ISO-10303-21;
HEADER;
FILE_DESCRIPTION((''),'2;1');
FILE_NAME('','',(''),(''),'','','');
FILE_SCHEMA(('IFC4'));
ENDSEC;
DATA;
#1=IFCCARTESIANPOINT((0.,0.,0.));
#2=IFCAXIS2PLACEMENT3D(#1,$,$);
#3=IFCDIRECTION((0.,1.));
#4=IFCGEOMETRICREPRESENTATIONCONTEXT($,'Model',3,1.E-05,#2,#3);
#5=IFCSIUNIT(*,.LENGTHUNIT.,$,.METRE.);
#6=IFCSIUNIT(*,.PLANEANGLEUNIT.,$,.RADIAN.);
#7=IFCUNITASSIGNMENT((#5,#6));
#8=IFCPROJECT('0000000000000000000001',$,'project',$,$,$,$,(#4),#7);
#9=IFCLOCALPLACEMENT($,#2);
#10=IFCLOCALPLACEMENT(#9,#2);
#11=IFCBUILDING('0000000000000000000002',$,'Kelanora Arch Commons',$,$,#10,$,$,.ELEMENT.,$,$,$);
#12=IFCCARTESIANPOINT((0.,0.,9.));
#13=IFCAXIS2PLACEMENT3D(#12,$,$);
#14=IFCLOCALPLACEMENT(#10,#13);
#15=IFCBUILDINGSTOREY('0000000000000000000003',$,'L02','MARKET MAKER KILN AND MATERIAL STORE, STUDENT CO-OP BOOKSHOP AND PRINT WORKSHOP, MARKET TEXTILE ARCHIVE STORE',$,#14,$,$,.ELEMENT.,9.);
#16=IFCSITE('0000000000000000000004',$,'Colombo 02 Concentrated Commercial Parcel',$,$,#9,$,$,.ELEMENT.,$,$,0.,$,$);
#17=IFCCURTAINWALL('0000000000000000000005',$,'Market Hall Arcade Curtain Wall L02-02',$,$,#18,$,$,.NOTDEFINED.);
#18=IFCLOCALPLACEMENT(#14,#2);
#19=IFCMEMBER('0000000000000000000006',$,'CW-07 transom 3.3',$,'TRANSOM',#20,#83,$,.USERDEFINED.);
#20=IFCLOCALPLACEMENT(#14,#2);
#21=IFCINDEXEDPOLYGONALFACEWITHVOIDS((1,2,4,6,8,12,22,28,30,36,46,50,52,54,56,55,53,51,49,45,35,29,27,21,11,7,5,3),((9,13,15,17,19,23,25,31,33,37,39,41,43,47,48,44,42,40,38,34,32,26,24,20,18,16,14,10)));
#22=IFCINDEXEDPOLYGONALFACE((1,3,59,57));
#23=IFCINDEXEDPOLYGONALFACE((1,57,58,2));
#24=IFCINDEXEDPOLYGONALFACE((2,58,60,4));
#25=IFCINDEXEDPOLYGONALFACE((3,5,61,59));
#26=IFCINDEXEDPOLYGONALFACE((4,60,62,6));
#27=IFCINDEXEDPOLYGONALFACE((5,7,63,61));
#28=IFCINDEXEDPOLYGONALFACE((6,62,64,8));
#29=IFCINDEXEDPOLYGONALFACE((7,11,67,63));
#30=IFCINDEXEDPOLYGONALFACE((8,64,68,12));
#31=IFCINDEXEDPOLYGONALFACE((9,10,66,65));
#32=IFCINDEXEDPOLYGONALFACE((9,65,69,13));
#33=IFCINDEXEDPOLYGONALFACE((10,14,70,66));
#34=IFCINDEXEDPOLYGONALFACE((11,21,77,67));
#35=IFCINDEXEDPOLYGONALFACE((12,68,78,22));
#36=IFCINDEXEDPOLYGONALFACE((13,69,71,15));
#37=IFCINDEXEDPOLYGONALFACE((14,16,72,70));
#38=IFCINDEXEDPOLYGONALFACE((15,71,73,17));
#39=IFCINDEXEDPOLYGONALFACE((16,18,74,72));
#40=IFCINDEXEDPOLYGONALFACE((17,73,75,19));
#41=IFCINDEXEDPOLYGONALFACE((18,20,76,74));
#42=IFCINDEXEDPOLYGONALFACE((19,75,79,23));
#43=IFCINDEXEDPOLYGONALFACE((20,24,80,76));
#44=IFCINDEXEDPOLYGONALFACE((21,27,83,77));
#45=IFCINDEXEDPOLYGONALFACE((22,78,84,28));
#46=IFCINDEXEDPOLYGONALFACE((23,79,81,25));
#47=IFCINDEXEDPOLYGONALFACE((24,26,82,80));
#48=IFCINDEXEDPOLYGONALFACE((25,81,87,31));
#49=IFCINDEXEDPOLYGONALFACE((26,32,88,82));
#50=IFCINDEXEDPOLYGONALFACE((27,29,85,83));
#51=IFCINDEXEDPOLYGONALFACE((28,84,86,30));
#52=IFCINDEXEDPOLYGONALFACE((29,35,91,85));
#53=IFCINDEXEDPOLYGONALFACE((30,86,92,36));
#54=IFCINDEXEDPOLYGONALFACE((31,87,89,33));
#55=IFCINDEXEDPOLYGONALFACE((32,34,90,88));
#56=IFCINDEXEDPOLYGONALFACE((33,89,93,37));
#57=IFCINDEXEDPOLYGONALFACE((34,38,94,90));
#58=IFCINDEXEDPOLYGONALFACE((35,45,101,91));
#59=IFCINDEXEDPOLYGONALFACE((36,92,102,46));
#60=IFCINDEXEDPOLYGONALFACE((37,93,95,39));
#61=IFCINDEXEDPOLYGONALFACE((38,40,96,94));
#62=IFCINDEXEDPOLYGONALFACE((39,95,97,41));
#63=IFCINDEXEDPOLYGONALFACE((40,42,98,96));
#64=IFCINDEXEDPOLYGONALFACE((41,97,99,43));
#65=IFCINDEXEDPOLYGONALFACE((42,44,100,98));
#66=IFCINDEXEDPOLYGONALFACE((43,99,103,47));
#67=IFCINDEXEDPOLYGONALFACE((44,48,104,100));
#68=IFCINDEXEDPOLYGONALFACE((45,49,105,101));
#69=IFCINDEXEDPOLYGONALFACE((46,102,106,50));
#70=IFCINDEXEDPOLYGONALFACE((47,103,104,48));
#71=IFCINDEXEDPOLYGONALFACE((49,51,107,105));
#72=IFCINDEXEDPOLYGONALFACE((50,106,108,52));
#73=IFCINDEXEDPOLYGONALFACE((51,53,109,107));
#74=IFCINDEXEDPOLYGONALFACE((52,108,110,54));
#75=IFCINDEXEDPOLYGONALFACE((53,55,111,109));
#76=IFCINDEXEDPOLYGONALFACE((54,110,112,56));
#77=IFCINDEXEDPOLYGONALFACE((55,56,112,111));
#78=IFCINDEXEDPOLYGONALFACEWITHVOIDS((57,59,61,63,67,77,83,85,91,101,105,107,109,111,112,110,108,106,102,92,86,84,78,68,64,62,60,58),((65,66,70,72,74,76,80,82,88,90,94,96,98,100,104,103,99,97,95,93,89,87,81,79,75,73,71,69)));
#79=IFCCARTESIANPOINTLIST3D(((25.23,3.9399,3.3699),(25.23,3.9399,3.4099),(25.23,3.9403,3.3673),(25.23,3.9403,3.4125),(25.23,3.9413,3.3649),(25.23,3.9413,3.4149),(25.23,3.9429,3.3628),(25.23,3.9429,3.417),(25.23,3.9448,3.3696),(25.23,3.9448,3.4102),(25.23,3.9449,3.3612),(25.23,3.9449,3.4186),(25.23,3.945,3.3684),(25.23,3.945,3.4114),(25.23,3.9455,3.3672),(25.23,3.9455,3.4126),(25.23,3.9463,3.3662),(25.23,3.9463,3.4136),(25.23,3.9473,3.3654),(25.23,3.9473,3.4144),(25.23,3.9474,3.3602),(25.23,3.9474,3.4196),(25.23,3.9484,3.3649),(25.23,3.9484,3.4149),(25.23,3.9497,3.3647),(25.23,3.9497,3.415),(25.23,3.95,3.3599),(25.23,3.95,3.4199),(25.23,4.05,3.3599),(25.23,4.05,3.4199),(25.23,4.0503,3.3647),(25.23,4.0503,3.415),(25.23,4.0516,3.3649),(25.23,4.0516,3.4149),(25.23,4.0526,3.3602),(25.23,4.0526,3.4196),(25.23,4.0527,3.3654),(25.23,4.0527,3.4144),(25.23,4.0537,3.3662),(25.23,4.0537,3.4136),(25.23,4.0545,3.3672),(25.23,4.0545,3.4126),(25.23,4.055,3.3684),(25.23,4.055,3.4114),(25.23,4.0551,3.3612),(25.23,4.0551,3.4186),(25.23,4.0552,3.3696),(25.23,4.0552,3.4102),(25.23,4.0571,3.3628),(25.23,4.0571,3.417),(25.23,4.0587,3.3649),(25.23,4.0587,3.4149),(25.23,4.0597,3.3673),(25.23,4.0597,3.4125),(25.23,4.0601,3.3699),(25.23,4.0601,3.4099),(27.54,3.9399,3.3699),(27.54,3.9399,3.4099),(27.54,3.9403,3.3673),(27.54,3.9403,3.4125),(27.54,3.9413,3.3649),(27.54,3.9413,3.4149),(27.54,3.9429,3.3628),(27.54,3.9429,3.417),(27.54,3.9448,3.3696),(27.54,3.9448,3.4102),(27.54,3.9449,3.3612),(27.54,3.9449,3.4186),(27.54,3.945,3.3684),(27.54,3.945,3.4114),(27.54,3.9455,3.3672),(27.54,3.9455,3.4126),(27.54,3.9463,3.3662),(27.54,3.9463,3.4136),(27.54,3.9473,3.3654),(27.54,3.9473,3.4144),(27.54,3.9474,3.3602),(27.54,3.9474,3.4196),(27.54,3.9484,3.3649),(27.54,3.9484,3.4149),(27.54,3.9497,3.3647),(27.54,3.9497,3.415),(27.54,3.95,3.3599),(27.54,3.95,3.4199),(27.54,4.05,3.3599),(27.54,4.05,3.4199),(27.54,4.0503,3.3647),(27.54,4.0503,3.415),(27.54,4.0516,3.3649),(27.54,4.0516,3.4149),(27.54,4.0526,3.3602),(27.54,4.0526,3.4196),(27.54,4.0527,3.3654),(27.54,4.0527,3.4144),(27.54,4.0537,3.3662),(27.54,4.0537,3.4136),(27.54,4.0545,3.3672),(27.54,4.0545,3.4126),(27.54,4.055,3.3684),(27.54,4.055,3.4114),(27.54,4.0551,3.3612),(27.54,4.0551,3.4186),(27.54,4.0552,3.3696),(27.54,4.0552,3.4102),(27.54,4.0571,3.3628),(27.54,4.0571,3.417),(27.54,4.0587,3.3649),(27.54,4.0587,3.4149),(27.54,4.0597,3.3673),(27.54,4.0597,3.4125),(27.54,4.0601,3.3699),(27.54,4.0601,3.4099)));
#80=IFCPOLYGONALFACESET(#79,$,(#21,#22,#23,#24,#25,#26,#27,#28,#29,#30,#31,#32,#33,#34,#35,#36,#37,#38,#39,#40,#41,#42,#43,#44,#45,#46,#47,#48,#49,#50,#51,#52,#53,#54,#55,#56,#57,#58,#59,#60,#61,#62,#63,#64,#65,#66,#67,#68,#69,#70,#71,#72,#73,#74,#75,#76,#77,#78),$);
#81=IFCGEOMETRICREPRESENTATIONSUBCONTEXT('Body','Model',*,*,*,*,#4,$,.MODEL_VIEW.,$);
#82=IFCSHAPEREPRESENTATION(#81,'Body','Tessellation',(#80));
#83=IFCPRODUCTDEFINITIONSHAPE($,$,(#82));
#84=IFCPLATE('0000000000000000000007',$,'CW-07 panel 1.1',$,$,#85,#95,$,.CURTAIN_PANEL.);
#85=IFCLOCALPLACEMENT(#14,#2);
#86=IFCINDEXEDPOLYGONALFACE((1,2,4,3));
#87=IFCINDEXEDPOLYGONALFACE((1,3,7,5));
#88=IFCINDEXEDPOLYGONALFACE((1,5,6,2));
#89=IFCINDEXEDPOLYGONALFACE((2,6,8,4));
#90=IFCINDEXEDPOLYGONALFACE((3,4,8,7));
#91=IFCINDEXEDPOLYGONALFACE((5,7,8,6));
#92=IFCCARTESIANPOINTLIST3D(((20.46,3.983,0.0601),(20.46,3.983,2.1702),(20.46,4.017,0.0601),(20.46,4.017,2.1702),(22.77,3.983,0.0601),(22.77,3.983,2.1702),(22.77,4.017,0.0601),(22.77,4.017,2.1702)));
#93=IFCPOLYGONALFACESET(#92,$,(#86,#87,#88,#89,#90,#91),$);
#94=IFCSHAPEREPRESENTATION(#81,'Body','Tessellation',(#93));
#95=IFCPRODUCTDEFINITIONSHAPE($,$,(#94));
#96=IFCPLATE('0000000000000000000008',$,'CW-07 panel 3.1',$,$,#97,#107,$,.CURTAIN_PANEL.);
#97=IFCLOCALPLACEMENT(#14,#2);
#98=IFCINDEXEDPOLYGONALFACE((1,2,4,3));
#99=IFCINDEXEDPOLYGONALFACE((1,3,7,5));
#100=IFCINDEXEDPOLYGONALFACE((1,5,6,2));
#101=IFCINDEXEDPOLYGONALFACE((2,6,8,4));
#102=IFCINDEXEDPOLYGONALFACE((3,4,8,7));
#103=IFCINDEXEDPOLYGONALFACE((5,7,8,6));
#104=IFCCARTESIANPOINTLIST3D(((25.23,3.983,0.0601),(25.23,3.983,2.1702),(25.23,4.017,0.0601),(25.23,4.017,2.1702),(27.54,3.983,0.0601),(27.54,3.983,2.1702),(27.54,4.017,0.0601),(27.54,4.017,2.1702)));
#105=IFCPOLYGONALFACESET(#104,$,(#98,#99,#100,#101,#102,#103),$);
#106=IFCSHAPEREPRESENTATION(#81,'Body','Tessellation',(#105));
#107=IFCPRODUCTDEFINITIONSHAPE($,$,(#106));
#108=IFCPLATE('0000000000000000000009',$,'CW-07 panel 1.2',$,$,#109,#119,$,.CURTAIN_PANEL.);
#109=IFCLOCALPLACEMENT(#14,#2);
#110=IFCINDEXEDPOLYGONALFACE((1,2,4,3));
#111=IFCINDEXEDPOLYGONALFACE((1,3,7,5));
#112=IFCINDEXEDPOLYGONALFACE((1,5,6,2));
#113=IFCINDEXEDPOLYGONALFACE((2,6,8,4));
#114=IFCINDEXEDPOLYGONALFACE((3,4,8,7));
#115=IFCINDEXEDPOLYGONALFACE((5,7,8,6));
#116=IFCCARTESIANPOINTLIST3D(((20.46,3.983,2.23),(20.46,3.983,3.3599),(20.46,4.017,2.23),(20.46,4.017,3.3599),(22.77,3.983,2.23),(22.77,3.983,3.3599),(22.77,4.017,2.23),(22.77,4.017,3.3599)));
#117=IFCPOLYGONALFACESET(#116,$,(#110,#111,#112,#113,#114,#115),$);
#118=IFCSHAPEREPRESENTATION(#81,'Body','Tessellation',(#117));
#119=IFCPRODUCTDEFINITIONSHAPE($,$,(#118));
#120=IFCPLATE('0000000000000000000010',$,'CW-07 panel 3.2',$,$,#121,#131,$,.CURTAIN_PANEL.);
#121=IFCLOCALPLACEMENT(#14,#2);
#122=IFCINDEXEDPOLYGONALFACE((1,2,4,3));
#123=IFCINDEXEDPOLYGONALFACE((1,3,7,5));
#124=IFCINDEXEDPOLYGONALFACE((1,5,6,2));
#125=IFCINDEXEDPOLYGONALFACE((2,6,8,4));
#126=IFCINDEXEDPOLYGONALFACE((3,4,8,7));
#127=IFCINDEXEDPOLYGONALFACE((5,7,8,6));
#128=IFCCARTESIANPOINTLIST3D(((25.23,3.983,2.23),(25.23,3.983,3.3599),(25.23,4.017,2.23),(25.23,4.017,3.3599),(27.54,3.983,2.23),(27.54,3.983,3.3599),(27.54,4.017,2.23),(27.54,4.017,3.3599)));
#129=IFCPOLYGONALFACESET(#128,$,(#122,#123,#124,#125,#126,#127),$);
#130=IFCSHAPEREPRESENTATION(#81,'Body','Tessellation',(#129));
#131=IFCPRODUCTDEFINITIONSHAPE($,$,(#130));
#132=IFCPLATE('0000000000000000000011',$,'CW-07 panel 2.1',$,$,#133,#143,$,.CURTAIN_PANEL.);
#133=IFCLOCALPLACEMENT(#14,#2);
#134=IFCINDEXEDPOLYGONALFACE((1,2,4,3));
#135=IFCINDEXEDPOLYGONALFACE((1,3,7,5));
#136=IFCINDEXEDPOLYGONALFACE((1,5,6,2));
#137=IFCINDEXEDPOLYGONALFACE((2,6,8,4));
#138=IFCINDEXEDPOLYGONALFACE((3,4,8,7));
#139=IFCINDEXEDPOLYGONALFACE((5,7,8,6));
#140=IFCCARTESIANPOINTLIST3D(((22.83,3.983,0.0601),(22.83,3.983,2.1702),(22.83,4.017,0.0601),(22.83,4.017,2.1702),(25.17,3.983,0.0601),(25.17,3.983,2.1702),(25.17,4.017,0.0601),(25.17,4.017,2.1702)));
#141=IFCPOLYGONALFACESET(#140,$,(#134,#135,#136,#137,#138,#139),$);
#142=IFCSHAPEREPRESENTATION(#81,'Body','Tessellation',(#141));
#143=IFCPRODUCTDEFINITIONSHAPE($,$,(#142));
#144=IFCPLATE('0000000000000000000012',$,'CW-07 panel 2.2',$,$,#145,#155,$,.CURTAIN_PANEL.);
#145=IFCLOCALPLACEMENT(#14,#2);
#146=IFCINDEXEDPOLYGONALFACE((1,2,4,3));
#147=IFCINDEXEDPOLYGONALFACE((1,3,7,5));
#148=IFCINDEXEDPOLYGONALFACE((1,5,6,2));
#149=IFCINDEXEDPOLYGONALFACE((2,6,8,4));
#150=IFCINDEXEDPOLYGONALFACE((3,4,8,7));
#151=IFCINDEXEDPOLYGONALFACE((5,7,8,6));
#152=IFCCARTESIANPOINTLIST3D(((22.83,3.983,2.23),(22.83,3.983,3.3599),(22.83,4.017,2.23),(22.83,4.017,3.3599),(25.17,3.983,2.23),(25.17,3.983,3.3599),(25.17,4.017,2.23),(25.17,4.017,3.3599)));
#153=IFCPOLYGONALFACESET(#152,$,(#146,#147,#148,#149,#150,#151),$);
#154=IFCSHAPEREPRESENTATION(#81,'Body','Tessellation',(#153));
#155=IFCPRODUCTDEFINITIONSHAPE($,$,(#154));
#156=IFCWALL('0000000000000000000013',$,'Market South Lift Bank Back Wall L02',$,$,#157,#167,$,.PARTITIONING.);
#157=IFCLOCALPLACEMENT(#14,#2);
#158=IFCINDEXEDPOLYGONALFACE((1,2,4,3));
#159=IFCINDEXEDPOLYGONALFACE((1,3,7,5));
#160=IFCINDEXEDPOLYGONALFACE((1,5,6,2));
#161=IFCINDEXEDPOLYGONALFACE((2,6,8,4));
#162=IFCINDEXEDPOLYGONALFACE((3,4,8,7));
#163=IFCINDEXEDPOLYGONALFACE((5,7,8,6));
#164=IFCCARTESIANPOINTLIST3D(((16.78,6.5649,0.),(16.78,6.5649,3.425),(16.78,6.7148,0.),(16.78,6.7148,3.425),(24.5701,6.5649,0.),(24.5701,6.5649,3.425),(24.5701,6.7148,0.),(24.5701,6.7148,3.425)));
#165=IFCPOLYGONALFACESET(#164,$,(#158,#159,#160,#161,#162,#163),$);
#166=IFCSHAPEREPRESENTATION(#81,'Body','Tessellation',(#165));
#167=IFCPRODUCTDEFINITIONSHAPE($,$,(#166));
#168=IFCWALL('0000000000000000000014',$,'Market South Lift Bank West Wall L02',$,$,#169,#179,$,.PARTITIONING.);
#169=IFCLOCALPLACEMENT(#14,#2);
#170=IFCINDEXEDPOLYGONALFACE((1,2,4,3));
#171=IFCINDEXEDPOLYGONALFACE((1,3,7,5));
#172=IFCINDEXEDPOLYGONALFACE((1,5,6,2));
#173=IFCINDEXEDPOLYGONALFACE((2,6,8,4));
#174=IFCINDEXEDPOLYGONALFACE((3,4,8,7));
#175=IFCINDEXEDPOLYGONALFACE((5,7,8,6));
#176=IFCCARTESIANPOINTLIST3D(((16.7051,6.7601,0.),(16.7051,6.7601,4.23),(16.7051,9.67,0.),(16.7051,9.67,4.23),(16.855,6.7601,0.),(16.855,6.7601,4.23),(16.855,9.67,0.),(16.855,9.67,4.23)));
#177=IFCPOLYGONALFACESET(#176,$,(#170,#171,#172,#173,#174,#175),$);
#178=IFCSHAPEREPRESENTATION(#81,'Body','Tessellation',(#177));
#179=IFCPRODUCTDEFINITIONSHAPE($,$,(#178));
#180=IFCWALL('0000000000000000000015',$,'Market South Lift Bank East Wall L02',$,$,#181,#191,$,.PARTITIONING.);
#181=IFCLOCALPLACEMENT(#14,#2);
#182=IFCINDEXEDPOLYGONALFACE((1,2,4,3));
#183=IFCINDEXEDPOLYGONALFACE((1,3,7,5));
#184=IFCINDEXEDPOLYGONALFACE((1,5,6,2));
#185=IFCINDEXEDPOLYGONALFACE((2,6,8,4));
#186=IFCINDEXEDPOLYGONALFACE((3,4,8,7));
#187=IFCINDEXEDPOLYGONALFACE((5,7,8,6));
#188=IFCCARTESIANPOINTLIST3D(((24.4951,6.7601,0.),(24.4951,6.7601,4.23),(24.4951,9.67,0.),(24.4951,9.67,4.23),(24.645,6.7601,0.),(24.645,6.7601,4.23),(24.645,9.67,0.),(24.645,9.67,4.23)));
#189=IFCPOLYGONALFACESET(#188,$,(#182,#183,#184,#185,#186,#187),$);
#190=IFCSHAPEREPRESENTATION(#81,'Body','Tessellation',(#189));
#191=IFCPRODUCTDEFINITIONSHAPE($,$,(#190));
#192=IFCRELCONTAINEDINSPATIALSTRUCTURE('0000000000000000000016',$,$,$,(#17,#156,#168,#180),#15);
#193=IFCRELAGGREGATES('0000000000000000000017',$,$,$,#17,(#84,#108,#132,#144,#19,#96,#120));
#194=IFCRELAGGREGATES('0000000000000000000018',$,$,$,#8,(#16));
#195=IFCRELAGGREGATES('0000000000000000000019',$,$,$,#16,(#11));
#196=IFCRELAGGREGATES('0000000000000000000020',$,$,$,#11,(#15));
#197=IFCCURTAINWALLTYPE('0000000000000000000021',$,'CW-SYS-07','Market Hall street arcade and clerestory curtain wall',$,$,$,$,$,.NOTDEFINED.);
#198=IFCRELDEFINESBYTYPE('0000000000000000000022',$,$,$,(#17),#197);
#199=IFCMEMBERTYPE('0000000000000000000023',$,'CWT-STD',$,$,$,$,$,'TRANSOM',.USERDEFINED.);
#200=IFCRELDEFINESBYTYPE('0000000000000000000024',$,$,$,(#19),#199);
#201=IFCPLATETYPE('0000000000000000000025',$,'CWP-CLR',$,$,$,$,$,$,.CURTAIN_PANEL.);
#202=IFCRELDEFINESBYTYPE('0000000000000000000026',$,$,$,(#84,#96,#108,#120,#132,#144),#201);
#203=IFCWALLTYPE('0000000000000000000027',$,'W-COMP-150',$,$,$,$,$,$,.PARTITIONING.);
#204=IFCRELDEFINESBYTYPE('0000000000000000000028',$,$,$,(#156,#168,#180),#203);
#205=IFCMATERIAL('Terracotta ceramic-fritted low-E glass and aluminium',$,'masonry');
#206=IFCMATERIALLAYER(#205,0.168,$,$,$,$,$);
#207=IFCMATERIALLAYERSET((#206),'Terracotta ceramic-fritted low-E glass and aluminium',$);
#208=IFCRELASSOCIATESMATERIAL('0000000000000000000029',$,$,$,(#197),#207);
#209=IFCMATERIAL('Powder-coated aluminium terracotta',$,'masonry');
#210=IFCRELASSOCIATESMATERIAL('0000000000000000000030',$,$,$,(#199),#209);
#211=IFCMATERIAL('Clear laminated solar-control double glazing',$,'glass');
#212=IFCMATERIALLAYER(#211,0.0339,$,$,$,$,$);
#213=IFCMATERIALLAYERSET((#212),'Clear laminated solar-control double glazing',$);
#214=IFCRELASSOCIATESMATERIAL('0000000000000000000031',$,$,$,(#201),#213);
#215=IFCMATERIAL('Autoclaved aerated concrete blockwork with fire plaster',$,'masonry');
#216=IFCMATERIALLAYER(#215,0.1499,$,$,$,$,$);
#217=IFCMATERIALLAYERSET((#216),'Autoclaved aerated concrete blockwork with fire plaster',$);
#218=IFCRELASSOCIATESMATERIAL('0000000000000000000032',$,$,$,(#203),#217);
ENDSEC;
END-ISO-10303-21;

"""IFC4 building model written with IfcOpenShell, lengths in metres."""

from ifc_helpers import new_model, si_unit, direction, frame, frame_2d, origin, origin_2d, place, context, subcontext, project, spatial, rectangle, hollow_rectangle, extrude, source, transform, mapped, material, layer, layer_set, material_profile, profile_set, type_object, element, aggregate, save


model = new_model("IFC4")

# Units and contexts
model_context = context("Model", 3, precision=1e-05, world=origin(), true_north=direction((0.0, 1.0)))
body_context = subcontext(model_context, "Body", "Model", "MODEL_VIEW")
ifc_project = project(units=[si_unit("LENGTHUNIT", "METRE"), si_unit("PLANEANGLEUNIT", "RADIAN")], contexts=[model_context])

# Site, building, storey
site_placement = place(None, origin())
site = spatial("IfcSite", under=ifc_project, at=site_placement, Name="Colombo 02 Concentrated Commercial Parcel", CompositionType="ELEMENT", RefElevation=0.0)
building_placement = place(site_placement, origin())
building = spatial("IfcBuilding", under=site, at=building_placement, Name="Kelanora Arch Commons", CompositionType="ELEMENT")
storey_placement = place(building_placement, frame((0.0, 0.0, 9.0)))
storey = spatial("IfcBuildingStorey", under=building, at=storey_placement, Name="L02", Description="MARKET MAKER KILN AND MATERIAL STORE, STUDENT CO-OP BOOKSHOP AND PRINT WORKSHOP, MARKET TEXTILE ARCHIVE STORE", CompositionType="ELEMENT", Elevation=9.0)

# Curtain wall, member, plates
ifc_material_1 = material(Name="Terracotta ceramic-fritted low-E glass and aluminium", Category="masonry")
ifc_layer_1 = layer(ifc_material_1, 0.168)
ifc_layer_set_1 = layer_set([ifc_layer_1], Name="Terracotta ceramic-fritted low-E glass and aluminium")
curtain_wall_type = type_object("IfcCurtainWallType", Name="CW-SYS-07", Description="Market Hall street arcade and clerestory curtain wall", PredefinedType="NOTDEFINED", material=ifc_layer_set_1)
curtain_wall_placement = place(storey_placement, origin())
curtain_wall = element("IfcCurtainWall", 1, at=curtain_wall_placement, inside=storey, type_object=curtain_wall_type, Name="Market Hall Arcade Curtain Wall L02-02", PredefinedType="NOTDEFINED")
ifc_material_2 = material(Name="Powder-coated aluminium terracotta", Category="masonry")
ifc_material_profile_1 = material_profile(ifc_material_2, hollow_rectangle(XDim=0.1201, YDim=0.0601, WallThickness=0.0049, InnerFilletRadius=0.0049, OuterFilletRadius=0.01, at=origin_2d()), Name="CWT120x60")
ifc_profile_set_1 = profile_set([ifc_material_profile_1], Name="Powder-coated aluminium terracotta")
member_type_1 = type_object("IfcMemberType", Name="CWT-STD", ElementType="TRANSOM", PredefinedType="USERDEFINED", material=ifc_profile_set_1)
member_1_placement = place(storey_placement, frame((25.23, 4.0, 3.3899), z_axis=(1.0, 0.0, 0.0), x_axis=(0.0, 1.0, 0.0)))
member_1 = element("IfcMember", 2, at=member_1_placement, type_object=member_type_1, Name="CW-07 transom 3.3", ObjectType="TRANSOM", PredefinedType="USERDEFINED", context=body_context, shape_type="SweptSolid", body=[
    extrude(hollow_rectangle(XDim=0.1201, YDim=0.0601, WallThickness=0.0049, InnerFilletRadius=0.0049, OuterFilletRadius=0.01, at=origin_2d()), origin(), (0.0, 0.0, 1.0), 2.3101),
])
ifc_material_3 = material(Name="Clear laminated solar-control double glazing", Category="glass")
ifc_layer_2 = layer(ifc_material_3, 0.0339)
ifc_layer_set_2 = layer_set([ifc_layer_2], Name="Clear laminated solar-control double glazing")
plate_type = type_object("IfcPlateType", Name="CWP-CLR", PredefinedType="CURTAIN_PANEL", material=ifc_layer_set_2)
shared_shape_1 = source(origin(), body_context, "Body", "SweptSolid", [
    extrude(rectangle(XDim=2.3101, YDim=0.0339, at=origin_2d()), origin(), (0.0, 0.0, 1.0), 2.1101),
])
plate_1_placement = place(storey_placement, frame((21.615, 4.0, 0.0601), z_axis=(0.0, 0.0, 1.0), x_axis=(1.0, 0.0, 0.0)))
plate_1 = element("IfcPlate", 3, at=plate_1_placement, type_object=plate_type, Name="CW-07 panel 1.1", PredefinedType="CURTAIN_PANEL", context=body_context, shape_type="MappedRepresentation", body=[
    mapped(shared_shape_1, transform((0.0, 0.0, 0.0), scale=1.0)),
])
plate_2_placement = place(storey_placement, frame((26.385, 4.0, 0.0601), z_axis=(0.0, 0.0, 1.0), x_axis=(1.0, 0.0, 0.0)))
plate_2 = element("IfcPlate", 4, at=plate_2_placement, type_object=plate_type, Name="CW-07 panel 3.1", PredefinedType="CURTAIN_PANEL", context=body_context, shape_type="MappedRepresentation", body=[
    mapped(shared_shape_1, transform((0.0, 0.0, 0.0), scale=1.0)),
])
shared_shape_2 = source(origin(), body_context, "Body", "SweptSolid", [
    extrude(rectangle(XDim=2.3101, YDim=0.0339, at=origin_2d()), origin(), (0.0, 0.0, 1.0), 1.1299),
])
plate_3_placement = place(storey_placement, frame((21.615, 4.0, 2.23), z_axis=(0.0, 0.0, 1.0), x_axis=(1.0, 0.0, 0.0)))
plate_3 = element("IfcPlate", 5, at=plate_3_placement, type_object=plate_type, Name="CW-07 panel 1.2", PredefinedType="CURTAIN_PANEL", context=body_context, shape_type="MappedRepresentation", body=[
    mapped(shared_shape_2, transform((0.0, 0.0, 0.0), scale=1.0)),
])
plate_4_placement = place(storey_placement, frame((26.385, 4.0, 2.23), z_axis=(0.0, 0.0, 1.0), x_axis=(1.0, 0.0, 0.0)))
plate_4 = element("IfcPlate", 6, at=plate_4_placement, type_object=plate_type, Name="CW-07 panel 3.2", PredefinedType="CURTAIN_PANEL", context=body_context, shape_type="MappedRepresentation", body=[
    mapped(shared_shape_2, transform((0.0, 0.0, 0.0), scale=1.0)),
])
shared_shape_3 = source(origin(), body_context, "Body", "SweptSolid", [
    extrude(rectangle(XDim=2.3401, YDim=0.0339, at=origin_2d()), origin(), (0.0, 0.0, 1.0), 2.1101),
])
plate_5_placement = place(storey_placement, frame((24.0, 4.0, 0.0601), z_axis=(0.0, 0.0, 1.0), x_axis=(1.0, 0.0, 0.0)))
plate_5 = element("IfcPlate", 7, at=plate_5_placement, type_object=plate_type, Name="CW-07 panel 2.1", PredefinedType="CURTAIN_PANEL", context=body_context, shape_type="MappedRepresentation", body=[
    mapped(shared_shape_3, transform((0.0, 0.0, 0.0), scale=1.0)),
])
shared_shape_4 = source(origin(), body_context, "Body", "SweptSolid", [
    extrude(rectangle(XDim=2.3401, YDim=0.0339, at=origin_2d()), origin(), (0.0, 0.0, 1.0), 1.1299),
])
plate_6_placement = place(storey_placement, frame((24.0, 4.0, 2.23), z_axis=(0.0, 0.0, 1.0), x_axis=(1.0, 0.0, 0.0)))
plate_6 = element("IfcPlate", 8, at=plate_6_placement, type_object=plate_type, Name="CW-07 panel 2.2", PredefinedType="CURTAIN_PANEL", context=body_context, shape_type="MappedRepresentation", body=[
    mapped(shared_shape_4, transform((0.0, 0.0, 0.0), scale=1.0)),
])
aggregate(curtain_wall, [plate_1, plate_3, plate_5, plate_6, member_1, plate_2, plate_4])

# Walls
ifc_material_4 = material(Name="Autoclaved aerated concrete blockwork with fire plaster", Category="masonry")
ifc_layer_3 = layer(ifc_material_4, 0.1499)
ifc_layer_set_3 = layer_set([ifc_layer_3], Name="Autoclaved aerated concrete blockwork with fire plaster")
wall_type_1 = type_object("IfcWallType", Name="W-COMP-150", PredefinedType="PARTITIONING", material=ifc_layer_set_3)
wall_1_placement = place(storey_placement, frame((16.78, 6.6399, 0.0), z_axis=(0.0, 0.0, 1.0), x_axis=(1.0, 0.0, 0.0)))
element("IfcWall", 9, at=wall_1_placement, inside=storey, type_object=wall_type_1, Name="Market South Lift Bank Back Wall L02", PredefinedType="PARTITIONING", context=body_context, shape_type="SweptSolid", body=[
    extrude(rectangle(XDim=7.79, YDim=0.1499, at=frame_2d((3.895, 0.0))), origin(), (0.0, 0.0, 1.0), 3.425),
])
for number, where, z_axis, x_axis, name in (
    (10, (16.78, 6.76, 0.0), (0.0, 0.0, 1.0), (0.0, 1.0, 0.0), "Market South Lift Bank West Wall L02"),
    (11, (24.5701, 6.76, 0.0), (0.0, 0.0, 1.0), (0.0, 1.0, 0.0), "Market South Lift Bank East Wall L02"),
):
    element("IfcWall", number, at=place(storey_placement, frame(where, z_axis=z_axis, x_axis=x_axis)), inside=storey, type_object=wall_type_1, Name=name, PredefinedType="PARTITIONING", context=body_context, shape_type="SweptSolid", body=[
        extrude(rectangle(XDim=2.9099, YDim=0.1499, at=frame_2d((1.4551, 0.0))), origin(), (0.0, 0.0, 1.0), 4.23),
    ])

save(model, "model.ifc")
